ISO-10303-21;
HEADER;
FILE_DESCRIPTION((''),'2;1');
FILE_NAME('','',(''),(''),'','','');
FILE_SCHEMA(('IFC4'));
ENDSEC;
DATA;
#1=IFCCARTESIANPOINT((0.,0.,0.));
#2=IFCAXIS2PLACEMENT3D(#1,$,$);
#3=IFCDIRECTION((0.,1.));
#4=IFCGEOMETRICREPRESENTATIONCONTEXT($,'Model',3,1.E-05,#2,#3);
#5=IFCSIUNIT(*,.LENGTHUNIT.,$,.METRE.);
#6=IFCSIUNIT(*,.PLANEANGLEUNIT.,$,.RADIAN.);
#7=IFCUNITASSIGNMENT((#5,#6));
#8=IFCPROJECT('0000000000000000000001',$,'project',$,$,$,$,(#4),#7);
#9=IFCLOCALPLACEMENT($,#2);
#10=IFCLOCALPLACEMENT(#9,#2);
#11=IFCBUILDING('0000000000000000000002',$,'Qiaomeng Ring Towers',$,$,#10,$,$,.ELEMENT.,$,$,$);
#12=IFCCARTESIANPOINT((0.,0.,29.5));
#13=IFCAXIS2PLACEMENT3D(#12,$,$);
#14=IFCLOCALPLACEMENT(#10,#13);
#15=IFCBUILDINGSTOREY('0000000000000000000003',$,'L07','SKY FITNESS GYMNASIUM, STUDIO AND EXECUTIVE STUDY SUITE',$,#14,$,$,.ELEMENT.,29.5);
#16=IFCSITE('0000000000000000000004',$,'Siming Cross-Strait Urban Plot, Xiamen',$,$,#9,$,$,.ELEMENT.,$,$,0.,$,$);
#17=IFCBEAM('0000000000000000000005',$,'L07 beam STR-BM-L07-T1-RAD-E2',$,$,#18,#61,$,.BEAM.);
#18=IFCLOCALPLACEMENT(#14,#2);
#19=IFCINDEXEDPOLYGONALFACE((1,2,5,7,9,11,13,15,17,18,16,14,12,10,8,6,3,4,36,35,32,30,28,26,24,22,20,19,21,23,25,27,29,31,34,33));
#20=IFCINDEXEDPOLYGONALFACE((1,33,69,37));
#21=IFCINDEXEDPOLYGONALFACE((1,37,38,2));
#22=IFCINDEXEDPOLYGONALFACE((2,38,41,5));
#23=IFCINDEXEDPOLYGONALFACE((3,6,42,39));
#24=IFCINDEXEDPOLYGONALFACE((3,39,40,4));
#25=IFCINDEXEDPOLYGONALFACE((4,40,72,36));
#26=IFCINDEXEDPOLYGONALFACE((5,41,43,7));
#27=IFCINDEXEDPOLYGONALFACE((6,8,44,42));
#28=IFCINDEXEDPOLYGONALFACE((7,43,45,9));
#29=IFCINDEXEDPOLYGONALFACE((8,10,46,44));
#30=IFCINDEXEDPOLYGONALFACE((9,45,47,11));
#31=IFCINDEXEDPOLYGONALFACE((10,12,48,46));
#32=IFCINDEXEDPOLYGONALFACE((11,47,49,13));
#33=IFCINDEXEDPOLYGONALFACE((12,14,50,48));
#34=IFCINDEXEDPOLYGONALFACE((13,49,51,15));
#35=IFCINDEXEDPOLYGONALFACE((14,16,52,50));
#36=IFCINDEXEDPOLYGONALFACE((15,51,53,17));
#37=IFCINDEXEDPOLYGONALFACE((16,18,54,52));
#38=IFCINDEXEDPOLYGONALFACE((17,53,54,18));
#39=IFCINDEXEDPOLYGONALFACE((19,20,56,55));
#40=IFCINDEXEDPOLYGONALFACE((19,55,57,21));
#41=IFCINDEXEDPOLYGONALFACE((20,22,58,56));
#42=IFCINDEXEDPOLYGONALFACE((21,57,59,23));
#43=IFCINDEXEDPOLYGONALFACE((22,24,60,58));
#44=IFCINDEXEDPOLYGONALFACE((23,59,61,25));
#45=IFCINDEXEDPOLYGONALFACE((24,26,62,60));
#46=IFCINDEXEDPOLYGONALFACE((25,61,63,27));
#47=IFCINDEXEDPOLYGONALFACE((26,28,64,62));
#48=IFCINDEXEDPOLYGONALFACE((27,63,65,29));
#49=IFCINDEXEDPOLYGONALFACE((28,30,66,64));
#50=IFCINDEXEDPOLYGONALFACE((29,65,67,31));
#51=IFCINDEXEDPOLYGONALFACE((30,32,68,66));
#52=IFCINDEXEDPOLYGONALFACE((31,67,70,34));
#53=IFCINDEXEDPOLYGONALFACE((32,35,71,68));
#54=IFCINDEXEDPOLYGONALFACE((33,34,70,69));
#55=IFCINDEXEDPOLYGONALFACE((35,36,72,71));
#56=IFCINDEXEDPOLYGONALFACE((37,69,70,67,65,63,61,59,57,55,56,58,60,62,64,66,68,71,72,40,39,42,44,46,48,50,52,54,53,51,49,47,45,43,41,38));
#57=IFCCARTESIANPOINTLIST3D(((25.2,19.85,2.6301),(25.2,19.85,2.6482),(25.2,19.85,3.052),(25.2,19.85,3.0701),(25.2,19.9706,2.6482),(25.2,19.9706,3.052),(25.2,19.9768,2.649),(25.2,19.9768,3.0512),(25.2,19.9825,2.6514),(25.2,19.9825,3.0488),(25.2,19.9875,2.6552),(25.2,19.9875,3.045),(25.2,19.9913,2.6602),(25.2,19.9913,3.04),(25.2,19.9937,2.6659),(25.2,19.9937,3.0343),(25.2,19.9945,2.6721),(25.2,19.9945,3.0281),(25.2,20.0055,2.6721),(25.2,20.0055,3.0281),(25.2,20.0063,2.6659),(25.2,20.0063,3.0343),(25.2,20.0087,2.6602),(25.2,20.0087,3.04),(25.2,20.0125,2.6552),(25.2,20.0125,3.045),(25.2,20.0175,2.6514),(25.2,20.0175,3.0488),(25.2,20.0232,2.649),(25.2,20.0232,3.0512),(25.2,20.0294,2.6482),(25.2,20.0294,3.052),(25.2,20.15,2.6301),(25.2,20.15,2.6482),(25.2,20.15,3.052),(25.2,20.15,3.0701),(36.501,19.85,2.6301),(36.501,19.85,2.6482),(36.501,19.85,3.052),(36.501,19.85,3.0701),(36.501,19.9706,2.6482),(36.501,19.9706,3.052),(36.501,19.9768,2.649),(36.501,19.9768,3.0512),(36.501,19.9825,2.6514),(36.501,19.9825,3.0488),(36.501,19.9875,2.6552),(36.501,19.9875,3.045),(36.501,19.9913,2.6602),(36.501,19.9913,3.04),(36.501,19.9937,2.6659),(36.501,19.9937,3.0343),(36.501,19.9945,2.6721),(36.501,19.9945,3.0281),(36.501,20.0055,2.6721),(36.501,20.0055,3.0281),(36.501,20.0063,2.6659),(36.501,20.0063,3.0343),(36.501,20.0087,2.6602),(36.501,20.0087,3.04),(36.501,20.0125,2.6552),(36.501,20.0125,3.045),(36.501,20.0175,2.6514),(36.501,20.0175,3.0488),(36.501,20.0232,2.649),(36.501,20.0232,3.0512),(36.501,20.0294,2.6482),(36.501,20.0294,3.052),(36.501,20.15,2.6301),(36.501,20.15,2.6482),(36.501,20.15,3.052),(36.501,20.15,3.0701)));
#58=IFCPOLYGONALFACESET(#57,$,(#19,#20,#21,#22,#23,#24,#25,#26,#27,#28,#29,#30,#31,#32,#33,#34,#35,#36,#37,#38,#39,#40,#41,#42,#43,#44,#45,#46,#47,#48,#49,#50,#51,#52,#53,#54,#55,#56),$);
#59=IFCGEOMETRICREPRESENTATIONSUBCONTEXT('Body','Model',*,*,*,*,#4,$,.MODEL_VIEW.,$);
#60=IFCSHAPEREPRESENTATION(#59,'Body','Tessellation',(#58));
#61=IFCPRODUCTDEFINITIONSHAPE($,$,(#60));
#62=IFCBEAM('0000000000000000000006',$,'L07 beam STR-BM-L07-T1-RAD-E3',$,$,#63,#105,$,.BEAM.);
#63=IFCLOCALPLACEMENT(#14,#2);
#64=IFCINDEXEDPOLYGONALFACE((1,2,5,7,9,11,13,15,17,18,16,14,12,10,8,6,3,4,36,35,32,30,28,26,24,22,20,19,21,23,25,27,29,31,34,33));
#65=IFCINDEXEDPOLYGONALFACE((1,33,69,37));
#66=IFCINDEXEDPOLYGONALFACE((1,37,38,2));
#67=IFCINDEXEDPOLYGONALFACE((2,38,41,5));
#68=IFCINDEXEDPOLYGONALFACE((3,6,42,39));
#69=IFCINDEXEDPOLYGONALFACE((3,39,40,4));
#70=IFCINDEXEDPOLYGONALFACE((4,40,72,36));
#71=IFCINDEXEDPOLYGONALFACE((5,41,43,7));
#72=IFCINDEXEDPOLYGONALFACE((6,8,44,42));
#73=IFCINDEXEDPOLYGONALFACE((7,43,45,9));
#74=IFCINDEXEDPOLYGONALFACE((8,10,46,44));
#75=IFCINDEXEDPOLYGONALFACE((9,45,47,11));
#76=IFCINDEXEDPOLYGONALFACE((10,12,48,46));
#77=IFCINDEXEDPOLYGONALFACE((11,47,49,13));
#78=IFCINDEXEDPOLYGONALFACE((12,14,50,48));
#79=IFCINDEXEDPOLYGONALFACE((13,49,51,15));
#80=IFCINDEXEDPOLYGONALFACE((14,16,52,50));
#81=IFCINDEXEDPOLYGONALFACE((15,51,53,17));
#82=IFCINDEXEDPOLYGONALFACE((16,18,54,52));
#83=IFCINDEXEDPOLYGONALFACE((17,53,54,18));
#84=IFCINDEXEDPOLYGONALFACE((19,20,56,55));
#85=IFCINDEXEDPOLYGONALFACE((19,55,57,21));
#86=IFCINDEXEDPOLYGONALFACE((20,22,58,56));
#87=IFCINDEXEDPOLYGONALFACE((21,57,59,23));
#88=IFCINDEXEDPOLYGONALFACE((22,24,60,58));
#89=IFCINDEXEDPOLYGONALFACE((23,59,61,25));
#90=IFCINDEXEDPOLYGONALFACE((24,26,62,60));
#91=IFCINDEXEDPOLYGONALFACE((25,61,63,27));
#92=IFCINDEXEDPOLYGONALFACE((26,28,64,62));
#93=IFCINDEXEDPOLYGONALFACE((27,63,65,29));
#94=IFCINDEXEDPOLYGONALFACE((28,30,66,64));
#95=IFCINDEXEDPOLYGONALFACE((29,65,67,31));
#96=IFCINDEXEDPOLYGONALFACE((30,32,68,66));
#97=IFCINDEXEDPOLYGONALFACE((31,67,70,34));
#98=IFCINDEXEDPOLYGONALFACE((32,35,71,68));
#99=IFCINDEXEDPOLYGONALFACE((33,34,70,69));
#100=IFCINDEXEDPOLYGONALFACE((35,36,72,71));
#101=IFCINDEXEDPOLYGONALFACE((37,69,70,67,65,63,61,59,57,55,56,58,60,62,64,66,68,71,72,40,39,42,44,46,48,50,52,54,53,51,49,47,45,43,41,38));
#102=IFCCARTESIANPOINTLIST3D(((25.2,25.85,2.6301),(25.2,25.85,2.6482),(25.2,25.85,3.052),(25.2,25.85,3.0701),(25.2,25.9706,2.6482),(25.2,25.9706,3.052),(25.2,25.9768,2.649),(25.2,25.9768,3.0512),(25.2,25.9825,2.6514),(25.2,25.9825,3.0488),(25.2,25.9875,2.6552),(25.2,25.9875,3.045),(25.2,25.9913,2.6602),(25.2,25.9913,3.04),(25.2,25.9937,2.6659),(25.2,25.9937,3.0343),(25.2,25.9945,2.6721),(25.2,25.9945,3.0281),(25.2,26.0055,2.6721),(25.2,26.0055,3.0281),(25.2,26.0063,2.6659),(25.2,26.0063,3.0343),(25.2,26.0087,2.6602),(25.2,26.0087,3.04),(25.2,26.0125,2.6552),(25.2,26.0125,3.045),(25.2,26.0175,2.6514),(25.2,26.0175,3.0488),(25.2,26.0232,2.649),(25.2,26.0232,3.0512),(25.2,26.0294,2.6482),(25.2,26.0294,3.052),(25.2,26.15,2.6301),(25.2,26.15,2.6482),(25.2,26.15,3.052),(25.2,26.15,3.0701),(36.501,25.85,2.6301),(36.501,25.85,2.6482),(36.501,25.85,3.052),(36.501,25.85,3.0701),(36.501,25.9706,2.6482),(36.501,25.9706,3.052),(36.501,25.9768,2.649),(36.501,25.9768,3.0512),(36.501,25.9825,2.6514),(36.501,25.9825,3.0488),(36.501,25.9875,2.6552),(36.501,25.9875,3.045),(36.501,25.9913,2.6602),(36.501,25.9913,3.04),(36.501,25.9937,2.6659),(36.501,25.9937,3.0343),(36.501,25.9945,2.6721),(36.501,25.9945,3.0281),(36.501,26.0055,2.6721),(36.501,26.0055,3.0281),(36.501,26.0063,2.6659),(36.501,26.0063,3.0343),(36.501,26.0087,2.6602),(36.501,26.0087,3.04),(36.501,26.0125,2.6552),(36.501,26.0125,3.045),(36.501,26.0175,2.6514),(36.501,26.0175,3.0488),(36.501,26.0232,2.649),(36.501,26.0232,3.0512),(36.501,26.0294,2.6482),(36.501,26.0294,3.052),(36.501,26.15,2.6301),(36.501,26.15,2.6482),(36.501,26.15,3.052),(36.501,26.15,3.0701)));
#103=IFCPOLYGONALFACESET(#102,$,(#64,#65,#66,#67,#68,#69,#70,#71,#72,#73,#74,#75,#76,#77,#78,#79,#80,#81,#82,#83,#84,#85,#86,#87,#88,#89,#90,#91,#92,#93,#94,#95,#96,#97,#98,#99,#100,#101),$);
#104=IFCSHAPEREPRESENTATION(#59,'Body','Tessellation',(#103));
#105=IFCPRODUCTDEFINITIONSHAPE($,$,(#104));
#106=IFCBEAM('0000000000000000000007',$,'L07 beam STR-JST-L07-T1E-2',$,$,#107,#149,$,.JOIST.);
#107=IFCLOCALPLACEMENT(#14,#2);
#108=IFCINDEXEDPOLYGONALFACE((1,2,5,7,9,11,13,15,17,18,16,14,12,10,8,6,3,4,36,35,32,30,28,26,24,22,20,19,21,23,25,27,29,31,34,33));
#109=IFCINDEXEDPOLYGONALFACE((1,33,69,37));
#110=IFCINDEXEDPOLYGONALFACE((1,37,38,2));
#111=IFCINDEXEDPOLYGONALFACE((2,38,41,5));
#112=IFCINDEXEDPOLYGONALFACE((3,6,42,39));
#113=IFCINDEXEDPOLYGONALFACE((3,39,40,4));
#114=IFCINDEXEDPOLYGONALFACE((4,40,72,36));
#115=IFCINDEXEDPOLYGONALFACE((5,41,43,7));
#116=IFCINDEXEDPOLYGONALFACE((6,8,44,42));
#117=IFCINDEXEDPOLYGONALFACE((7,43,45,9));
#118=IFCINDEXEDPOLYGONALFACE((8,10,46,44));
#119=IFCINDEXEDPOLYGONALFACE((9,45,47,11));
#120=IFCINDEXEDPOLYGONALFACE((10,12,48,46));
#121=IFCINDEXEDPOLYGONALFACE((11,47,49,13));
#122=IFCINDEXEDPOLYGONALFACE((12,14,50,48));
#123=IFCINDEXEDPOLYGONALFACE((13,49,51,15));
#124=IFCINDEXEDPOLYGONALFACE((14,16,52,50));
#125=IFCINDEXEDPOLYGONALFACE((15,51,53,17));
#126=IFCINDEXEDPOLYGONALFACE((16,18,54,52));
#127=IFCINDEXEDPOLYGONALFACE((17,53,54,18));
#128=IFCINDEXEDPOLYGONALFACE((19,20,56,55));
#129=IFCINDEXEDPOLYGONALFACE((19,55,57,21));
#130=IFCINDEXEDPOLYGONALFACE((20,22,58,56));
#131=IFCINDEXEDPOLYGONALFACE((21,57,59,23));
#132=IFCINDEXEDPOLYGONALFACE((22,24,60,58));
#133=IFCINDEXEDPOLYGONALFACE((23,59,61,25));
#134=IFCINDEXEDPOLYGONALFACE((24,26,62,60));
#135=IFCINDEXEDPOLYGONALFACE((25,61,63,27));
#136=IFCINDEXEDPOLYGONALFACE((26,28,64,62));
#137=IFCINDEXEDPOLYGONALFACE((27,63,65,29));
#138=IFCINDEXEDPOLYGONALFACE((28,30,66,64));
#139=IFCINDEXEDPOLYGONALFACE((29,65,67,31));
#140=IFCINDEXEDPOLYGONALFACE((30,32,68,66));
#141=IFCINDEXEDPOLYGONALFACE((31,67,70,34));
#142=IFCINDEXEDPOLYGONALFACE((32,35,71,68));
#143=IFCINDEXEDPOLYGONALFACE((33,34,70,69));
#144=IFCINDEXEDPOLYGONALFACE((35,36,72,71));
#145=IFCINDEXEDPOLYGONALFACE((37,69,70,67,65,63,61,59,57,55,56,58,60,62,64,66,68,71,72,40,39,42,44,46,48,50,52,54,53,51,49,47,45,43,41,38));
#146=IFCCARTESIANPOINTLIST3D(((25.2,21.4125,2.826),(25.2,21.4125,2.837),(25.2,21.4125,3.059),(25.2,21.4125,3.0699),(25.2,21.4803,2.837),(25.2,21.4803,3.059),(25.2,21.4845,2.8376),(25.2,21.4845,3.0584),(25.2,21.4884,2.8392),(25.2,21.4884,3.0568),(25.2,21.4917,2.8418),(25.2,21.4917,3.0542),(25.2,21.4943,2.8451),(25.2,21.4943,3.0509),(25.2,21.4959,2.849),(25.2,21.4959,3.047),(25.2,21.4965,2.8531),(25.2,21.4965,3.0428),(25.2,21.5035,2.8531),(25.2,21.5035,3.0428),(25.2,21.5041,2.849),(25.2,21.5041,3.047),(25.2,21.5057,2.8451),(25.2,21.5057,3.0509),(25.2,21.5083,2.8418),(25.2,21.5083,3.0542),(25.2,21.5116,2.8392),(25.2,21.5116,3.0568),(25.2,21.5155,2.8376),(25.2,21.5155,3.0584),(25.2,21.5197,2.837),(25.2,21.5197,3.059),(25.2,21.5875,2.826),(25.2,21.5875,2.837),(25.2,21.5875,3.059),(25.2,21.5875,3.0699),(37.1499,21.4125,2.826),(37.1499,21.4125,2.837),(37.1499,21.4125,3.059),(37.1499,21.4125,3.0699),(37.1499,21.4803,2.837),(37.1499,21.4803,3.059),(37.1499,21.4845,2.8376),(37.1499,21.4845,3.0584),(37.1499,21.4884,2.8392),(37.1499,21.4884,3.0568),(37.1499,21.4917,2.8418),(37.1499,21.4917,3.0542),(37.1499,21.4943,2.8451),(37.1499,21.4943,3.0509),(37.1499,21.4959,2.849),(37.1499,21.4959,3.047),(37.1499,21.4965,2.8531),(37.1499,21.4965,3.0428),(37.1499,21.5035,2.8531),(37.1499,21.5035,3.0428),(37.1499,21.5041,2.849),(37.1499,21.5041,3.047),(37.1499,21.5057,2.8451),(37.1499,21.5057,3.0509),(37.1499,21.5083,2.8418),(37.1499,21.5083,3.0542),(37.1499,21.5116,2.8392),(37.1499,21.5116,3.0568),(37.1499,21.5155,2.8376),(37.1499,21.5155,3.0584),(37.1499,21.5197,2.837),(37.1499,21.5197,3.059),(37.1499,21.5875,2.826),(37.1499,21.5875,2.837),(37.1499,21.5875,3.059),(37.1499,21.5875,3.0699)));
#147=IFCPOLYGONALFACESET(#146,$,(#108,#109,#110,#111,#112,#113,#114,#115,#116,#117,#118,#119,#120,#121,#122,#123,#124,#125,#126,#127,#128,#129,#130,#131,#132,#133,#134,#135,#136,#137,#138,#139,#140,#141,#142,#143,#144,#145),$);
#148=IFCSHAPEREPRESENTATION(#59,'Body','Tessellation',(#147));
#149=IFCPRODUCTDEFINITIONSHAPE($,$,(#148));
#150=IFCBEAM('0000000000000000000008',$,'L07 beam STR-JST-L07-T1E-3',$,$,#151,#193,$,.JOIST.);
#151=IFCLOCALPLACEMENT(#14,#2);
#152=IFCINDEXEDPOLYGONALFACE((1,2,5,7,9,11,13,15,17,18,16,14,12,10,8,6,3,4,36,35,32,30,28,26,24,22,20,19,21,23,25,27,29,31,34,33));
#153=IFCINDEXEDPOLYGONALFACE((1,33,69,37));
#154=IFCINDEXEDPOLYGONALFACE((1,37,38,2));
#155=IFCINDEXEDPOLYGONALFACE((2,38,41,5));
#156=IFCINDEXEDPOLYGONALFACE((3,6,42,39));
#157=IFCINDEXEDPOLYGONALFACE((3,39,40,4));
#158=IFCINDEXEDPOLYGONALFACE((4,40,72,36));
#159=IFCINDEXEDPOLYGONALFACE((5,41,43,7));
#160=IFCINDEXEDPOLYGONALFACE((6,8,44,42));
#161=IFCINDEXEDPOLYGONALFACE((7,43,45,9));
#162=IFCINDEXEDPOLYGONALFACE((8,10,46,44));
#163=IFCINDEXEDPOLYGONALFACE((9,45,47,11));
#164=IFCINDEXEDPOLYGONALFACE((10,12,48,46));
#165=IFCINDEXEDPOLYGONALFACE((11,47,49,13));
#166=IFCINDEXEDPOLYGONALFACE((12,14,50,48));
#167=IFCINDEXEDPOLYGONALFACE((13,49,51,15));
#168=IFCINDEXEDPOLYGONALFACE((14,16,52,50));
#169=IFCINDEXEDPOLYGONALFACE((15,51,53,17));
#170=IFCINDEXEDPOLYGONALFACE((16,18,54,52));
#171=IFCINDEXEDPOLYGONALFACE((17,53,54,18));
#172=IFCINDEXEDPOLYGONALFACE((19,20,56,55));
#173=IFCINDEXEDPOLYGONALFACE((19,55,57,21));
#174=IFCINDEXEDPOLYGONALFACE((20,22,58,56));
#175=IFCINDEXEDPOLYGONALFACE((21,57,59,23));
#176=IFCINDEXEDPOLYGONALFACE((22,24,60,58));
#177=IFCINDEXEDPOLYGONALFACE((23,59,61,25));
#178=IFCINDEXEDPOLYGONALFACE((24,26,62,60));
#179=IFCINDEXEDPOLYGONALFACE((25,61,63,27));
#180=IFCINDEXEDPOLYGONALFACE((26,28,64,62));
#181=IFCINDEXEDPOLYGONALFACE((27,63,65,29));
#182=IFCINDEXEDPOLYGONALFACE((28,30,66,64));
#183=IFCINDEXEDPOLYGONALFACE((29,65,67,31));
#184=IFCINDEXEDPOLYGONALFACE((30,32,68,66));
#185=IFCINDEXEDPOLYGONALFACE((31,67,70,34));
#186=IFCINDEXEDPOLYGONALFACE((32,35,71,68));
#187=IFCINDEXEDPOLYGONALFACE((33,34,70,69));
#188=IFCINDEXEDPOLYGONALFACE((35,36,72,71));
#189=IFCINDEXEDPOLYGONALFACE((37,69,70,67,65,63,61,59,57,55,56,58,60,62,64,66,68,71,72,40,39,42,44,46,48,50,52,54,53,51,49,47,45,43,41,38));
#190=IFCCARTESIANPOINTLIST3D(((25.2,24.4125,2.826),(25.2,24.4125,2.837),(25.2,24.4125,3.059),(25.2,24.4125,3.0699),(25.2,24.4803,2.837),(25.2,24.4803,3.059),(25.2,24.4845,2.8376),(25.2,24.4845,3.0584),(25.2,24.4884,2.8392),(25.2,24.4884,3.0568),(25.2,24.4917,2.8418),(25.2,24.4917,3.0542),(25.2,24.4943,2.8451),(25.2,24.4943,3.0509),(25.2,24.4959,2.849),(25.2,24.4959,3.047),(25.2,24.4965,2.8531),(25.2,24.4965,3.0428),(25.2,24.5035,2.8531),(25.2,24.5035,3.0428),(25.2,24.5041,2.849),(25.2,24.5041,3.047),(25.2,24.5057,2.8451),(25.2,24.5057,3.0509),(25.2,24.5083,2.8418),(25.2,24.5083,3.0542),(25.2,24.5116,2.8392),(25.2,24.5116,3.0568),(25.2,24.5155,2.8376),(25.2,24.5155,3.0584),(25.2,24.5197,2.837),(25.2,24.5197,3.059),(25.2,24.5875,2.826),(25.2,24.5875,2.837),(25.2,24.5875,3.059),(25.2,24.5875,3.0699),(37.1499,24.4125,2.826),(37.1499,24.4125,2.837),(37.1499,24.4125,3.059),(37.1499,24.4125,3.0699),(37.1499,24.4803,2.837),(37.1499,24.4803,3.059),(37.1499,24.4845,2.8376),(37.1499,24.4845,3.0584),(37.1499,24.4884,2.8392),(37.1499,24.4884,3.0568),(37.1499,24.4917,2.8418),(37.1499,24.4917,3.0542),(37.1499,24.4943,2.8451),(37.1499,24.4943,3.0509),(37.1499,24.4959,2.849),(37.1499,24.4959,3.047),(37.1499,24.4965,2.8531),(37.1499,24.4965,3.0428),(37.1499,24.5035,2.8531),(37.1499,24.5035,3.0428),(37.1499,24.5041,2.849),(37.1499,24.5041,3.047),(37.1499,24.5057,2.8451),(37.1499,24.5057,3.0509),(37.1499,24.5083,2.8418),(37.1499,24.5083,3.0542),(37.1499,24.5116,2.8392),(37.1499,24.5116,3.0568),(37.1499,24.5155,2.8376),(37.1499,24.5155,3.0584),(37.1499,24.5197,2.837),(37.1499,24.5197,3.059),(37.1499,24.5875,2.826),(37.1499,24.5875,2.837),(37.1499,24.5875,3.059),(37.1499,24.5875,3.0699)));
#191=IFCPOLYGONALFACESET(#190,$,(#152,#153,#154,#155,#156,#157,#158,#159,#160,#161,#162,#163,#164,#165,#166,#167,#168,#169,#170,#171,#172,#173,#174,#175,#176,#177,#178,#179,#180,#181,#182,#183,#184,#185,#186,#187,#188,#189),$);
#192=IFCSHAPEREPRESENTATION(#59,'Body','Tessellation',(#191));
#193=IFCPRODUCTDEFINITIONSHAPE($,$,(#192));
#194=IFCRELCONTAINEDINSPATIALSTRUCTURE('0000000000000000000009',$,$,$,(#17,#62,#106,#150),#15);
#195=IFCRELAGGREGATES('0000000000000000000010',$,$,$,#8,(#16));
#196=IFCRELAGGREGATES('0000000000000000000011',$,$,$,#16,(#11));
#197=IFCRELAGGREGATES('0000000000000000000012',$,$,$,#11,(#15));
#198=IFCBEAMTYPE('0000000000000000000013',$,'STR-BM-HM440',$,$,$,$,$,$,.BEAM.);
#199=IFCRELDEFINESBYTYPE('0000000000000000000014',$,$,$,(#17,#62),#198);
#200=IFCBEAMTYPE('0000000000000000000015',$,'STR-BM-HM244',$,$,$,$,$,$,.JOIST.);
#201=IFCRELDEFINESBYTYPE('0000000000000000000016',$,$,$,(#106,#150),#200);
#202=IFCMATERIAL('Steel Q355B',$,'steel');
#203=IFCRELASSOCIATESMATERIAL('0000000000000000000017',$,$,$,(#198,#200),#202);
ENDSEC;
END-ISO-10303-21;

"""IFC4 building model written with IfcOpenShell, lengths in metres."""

from ifc_helpers import new_model, si_unit, direction, frame, origin, origin_2d, place, context, subcontext, project, spatial, i_section, extrude, source, transform, mapped, material, material_profile, profile_set, type_object, element, save


model = new_model("IFC4")

# Units and contexts
model_context = context("Model", 3, precision=1e-05, world=origin(), true_north=direction((0.0, 1.0)))
body_context = subcontext(model_context, "Body", "Model", "MODEL_VIEW")
ifc_project = project(units=[si_unit("LENGTHUNIT", "METRE"), si_unit("PLANEANGLEUNIT", "RADIAN")], contexts=[model_context])

# Site, building, storey
site_placement = place(None, origin())
site = spatial("IfcSite", under=ifc_project, at=site_placement, Name="Siming Cross-Strait Urban Plot, Xiamen", CompositionType="ELEMENT", RefElevation=0.0)
building_placement = place(site_placement, origin())
building = spatial("IfcBuilding", under=site, at=building_placement, Name="Qiaomeng Ring Towers", CompositionType="ELEMENT")
storey_placement = place(building_placement, frame((0.0, 0.0, 29.5)))
storey = spatial("IfcBuildingStorey", under=building, at=storey_placement, Name="L07", Description="SKY FITNESS GYMNASIUM, STUDIO AND EXECUTIVE STUDY SUITE", CompositionType="ELEMENT", Elevation=29.5)

# Beams
ifc_material_1 = material(Name="Steel Q355B", Category="steel")
ifc_material_profile_1 = material_profile(ifc_material_1, i_section(OverallWidth=0.3, OverallDepth=0.4399, WebThickness=0.011, FlangeThickness=0.0181, FilletRadius=0.0239, at=origin_2d()), Name="HM 440x300x11x18")
ifc_profile_set_1 = profile_set([ifc_material_profile_1], Name="Steel Q355B")
beam_type_1 = type_object("IfcBeamType", Name="STR-BM-HM440", PredefinedType="BEAM", material=ifc_profile_set_1)
shared_shape_1 = source(origin(), body_context, "Body", "SweptSolid", [
    extrude(i_section(OverallWidth=0.3, OverallDepth=0.4399, WebThickness=0.011, FlangeThickness=0.0181, FilletRadius=0.0239, at=origin_2d()), origin(), (0.0, 0.0, 1.0), 11.301),
])
for number, where, z_axis, x_axis, name in (
    (1, (25.2, 20.0, 2.8501), (1.0, 0.0, 0.0), (0.0, 1.0, 0.0), "L07 beam STR-BM-L07-T1-RAD-E2"),
    (2, (25.2, 26.0, 2.8501), (1.0, 0.0, 0.0), (0.0, 1.0, 0.0), "L07 beam STR-BM-L07-T1-RAD-E3"),
):
    element("IfcBeam", number, at=place(storey_placement, frame(where, z_axis=z_axis, x_axis=x_axis)), inside=storey, type_object=beam_type_1, Name=name, PredefinedType="BEAM", context=body_context, shape_type="MappedRepresentation", body=[
        mapped(shared_shape_1, transform((0.0, 0.0, 0.0), x_axis=(1.0, 0.0, 0.0), y_axis=(0.0, 1.0, 0.0), z_axis=(0.0, 0.0, 1.0), scale=1.0)),
    ])
ifc_material_profile_2 = material_profile(ifc_material_1, i_section(OverallWidth=0.175, OverallDepth=0.2439, WebThickness=0.0071, FlangeThickness=0.011, FilletRadius=0.0161, at=origin_2d()), Name="HM 244x175x7x11")
ifc_profile_set_2 = profile_set([ifc_material_profile_2], Name="Steel Q355B")
beam_type_2 = type_object("IfcBeamType", Name="STR-BM-HM244", PredefinedType="JOIST", material=ifc_profile_set_2)
shared_shape_2 = source(origin(), body_context, "Body", "SweptSolid", [
    extrude(i_section(OverallWidth=0.175, OverallDepth=0.2439, WebThickness=0.0071, FlangeThickness=0.011, FilletRadius=0.0161, at=origin_2d()), origin(), (0.0, 0.0, 1.0), 11.95),
])
for number, where, z_axis, x_axis, name in (
    (3, (25.2, 21.5, 2.948), (1.0, 0.0, 0.0), (0.0, 1.0, 0.0), "L07 beam STR-JST-L07-T1E-2"),
    (4, (25.2, 24.5, 2.948), (1.0, 0.0, 0.0), (0.0, 1.0, 0.0), "L07 beam STR-JST-L07-T1E-3"),
):
    element("IfcBeam", number, at=place(storey_placement, frame(where, z_axis=z_axis, x_axis=x_axis)), inside=storey, type_object=beam_type_2, Name=name, PredefinedType="JOIST", context=body_context, shape_type="MappedRepresentation", body=[
        mapped(shared_shape_2, transform((0.0, 0.0, 0.0), x_axis=(1.0, 0.0, 0.0), y_axis=(0.0, 1.0, 0.0), z_axis=(0.0, 0.0, 1.0), scale=1.0)),
    ])

save(model, "model.ifc")
